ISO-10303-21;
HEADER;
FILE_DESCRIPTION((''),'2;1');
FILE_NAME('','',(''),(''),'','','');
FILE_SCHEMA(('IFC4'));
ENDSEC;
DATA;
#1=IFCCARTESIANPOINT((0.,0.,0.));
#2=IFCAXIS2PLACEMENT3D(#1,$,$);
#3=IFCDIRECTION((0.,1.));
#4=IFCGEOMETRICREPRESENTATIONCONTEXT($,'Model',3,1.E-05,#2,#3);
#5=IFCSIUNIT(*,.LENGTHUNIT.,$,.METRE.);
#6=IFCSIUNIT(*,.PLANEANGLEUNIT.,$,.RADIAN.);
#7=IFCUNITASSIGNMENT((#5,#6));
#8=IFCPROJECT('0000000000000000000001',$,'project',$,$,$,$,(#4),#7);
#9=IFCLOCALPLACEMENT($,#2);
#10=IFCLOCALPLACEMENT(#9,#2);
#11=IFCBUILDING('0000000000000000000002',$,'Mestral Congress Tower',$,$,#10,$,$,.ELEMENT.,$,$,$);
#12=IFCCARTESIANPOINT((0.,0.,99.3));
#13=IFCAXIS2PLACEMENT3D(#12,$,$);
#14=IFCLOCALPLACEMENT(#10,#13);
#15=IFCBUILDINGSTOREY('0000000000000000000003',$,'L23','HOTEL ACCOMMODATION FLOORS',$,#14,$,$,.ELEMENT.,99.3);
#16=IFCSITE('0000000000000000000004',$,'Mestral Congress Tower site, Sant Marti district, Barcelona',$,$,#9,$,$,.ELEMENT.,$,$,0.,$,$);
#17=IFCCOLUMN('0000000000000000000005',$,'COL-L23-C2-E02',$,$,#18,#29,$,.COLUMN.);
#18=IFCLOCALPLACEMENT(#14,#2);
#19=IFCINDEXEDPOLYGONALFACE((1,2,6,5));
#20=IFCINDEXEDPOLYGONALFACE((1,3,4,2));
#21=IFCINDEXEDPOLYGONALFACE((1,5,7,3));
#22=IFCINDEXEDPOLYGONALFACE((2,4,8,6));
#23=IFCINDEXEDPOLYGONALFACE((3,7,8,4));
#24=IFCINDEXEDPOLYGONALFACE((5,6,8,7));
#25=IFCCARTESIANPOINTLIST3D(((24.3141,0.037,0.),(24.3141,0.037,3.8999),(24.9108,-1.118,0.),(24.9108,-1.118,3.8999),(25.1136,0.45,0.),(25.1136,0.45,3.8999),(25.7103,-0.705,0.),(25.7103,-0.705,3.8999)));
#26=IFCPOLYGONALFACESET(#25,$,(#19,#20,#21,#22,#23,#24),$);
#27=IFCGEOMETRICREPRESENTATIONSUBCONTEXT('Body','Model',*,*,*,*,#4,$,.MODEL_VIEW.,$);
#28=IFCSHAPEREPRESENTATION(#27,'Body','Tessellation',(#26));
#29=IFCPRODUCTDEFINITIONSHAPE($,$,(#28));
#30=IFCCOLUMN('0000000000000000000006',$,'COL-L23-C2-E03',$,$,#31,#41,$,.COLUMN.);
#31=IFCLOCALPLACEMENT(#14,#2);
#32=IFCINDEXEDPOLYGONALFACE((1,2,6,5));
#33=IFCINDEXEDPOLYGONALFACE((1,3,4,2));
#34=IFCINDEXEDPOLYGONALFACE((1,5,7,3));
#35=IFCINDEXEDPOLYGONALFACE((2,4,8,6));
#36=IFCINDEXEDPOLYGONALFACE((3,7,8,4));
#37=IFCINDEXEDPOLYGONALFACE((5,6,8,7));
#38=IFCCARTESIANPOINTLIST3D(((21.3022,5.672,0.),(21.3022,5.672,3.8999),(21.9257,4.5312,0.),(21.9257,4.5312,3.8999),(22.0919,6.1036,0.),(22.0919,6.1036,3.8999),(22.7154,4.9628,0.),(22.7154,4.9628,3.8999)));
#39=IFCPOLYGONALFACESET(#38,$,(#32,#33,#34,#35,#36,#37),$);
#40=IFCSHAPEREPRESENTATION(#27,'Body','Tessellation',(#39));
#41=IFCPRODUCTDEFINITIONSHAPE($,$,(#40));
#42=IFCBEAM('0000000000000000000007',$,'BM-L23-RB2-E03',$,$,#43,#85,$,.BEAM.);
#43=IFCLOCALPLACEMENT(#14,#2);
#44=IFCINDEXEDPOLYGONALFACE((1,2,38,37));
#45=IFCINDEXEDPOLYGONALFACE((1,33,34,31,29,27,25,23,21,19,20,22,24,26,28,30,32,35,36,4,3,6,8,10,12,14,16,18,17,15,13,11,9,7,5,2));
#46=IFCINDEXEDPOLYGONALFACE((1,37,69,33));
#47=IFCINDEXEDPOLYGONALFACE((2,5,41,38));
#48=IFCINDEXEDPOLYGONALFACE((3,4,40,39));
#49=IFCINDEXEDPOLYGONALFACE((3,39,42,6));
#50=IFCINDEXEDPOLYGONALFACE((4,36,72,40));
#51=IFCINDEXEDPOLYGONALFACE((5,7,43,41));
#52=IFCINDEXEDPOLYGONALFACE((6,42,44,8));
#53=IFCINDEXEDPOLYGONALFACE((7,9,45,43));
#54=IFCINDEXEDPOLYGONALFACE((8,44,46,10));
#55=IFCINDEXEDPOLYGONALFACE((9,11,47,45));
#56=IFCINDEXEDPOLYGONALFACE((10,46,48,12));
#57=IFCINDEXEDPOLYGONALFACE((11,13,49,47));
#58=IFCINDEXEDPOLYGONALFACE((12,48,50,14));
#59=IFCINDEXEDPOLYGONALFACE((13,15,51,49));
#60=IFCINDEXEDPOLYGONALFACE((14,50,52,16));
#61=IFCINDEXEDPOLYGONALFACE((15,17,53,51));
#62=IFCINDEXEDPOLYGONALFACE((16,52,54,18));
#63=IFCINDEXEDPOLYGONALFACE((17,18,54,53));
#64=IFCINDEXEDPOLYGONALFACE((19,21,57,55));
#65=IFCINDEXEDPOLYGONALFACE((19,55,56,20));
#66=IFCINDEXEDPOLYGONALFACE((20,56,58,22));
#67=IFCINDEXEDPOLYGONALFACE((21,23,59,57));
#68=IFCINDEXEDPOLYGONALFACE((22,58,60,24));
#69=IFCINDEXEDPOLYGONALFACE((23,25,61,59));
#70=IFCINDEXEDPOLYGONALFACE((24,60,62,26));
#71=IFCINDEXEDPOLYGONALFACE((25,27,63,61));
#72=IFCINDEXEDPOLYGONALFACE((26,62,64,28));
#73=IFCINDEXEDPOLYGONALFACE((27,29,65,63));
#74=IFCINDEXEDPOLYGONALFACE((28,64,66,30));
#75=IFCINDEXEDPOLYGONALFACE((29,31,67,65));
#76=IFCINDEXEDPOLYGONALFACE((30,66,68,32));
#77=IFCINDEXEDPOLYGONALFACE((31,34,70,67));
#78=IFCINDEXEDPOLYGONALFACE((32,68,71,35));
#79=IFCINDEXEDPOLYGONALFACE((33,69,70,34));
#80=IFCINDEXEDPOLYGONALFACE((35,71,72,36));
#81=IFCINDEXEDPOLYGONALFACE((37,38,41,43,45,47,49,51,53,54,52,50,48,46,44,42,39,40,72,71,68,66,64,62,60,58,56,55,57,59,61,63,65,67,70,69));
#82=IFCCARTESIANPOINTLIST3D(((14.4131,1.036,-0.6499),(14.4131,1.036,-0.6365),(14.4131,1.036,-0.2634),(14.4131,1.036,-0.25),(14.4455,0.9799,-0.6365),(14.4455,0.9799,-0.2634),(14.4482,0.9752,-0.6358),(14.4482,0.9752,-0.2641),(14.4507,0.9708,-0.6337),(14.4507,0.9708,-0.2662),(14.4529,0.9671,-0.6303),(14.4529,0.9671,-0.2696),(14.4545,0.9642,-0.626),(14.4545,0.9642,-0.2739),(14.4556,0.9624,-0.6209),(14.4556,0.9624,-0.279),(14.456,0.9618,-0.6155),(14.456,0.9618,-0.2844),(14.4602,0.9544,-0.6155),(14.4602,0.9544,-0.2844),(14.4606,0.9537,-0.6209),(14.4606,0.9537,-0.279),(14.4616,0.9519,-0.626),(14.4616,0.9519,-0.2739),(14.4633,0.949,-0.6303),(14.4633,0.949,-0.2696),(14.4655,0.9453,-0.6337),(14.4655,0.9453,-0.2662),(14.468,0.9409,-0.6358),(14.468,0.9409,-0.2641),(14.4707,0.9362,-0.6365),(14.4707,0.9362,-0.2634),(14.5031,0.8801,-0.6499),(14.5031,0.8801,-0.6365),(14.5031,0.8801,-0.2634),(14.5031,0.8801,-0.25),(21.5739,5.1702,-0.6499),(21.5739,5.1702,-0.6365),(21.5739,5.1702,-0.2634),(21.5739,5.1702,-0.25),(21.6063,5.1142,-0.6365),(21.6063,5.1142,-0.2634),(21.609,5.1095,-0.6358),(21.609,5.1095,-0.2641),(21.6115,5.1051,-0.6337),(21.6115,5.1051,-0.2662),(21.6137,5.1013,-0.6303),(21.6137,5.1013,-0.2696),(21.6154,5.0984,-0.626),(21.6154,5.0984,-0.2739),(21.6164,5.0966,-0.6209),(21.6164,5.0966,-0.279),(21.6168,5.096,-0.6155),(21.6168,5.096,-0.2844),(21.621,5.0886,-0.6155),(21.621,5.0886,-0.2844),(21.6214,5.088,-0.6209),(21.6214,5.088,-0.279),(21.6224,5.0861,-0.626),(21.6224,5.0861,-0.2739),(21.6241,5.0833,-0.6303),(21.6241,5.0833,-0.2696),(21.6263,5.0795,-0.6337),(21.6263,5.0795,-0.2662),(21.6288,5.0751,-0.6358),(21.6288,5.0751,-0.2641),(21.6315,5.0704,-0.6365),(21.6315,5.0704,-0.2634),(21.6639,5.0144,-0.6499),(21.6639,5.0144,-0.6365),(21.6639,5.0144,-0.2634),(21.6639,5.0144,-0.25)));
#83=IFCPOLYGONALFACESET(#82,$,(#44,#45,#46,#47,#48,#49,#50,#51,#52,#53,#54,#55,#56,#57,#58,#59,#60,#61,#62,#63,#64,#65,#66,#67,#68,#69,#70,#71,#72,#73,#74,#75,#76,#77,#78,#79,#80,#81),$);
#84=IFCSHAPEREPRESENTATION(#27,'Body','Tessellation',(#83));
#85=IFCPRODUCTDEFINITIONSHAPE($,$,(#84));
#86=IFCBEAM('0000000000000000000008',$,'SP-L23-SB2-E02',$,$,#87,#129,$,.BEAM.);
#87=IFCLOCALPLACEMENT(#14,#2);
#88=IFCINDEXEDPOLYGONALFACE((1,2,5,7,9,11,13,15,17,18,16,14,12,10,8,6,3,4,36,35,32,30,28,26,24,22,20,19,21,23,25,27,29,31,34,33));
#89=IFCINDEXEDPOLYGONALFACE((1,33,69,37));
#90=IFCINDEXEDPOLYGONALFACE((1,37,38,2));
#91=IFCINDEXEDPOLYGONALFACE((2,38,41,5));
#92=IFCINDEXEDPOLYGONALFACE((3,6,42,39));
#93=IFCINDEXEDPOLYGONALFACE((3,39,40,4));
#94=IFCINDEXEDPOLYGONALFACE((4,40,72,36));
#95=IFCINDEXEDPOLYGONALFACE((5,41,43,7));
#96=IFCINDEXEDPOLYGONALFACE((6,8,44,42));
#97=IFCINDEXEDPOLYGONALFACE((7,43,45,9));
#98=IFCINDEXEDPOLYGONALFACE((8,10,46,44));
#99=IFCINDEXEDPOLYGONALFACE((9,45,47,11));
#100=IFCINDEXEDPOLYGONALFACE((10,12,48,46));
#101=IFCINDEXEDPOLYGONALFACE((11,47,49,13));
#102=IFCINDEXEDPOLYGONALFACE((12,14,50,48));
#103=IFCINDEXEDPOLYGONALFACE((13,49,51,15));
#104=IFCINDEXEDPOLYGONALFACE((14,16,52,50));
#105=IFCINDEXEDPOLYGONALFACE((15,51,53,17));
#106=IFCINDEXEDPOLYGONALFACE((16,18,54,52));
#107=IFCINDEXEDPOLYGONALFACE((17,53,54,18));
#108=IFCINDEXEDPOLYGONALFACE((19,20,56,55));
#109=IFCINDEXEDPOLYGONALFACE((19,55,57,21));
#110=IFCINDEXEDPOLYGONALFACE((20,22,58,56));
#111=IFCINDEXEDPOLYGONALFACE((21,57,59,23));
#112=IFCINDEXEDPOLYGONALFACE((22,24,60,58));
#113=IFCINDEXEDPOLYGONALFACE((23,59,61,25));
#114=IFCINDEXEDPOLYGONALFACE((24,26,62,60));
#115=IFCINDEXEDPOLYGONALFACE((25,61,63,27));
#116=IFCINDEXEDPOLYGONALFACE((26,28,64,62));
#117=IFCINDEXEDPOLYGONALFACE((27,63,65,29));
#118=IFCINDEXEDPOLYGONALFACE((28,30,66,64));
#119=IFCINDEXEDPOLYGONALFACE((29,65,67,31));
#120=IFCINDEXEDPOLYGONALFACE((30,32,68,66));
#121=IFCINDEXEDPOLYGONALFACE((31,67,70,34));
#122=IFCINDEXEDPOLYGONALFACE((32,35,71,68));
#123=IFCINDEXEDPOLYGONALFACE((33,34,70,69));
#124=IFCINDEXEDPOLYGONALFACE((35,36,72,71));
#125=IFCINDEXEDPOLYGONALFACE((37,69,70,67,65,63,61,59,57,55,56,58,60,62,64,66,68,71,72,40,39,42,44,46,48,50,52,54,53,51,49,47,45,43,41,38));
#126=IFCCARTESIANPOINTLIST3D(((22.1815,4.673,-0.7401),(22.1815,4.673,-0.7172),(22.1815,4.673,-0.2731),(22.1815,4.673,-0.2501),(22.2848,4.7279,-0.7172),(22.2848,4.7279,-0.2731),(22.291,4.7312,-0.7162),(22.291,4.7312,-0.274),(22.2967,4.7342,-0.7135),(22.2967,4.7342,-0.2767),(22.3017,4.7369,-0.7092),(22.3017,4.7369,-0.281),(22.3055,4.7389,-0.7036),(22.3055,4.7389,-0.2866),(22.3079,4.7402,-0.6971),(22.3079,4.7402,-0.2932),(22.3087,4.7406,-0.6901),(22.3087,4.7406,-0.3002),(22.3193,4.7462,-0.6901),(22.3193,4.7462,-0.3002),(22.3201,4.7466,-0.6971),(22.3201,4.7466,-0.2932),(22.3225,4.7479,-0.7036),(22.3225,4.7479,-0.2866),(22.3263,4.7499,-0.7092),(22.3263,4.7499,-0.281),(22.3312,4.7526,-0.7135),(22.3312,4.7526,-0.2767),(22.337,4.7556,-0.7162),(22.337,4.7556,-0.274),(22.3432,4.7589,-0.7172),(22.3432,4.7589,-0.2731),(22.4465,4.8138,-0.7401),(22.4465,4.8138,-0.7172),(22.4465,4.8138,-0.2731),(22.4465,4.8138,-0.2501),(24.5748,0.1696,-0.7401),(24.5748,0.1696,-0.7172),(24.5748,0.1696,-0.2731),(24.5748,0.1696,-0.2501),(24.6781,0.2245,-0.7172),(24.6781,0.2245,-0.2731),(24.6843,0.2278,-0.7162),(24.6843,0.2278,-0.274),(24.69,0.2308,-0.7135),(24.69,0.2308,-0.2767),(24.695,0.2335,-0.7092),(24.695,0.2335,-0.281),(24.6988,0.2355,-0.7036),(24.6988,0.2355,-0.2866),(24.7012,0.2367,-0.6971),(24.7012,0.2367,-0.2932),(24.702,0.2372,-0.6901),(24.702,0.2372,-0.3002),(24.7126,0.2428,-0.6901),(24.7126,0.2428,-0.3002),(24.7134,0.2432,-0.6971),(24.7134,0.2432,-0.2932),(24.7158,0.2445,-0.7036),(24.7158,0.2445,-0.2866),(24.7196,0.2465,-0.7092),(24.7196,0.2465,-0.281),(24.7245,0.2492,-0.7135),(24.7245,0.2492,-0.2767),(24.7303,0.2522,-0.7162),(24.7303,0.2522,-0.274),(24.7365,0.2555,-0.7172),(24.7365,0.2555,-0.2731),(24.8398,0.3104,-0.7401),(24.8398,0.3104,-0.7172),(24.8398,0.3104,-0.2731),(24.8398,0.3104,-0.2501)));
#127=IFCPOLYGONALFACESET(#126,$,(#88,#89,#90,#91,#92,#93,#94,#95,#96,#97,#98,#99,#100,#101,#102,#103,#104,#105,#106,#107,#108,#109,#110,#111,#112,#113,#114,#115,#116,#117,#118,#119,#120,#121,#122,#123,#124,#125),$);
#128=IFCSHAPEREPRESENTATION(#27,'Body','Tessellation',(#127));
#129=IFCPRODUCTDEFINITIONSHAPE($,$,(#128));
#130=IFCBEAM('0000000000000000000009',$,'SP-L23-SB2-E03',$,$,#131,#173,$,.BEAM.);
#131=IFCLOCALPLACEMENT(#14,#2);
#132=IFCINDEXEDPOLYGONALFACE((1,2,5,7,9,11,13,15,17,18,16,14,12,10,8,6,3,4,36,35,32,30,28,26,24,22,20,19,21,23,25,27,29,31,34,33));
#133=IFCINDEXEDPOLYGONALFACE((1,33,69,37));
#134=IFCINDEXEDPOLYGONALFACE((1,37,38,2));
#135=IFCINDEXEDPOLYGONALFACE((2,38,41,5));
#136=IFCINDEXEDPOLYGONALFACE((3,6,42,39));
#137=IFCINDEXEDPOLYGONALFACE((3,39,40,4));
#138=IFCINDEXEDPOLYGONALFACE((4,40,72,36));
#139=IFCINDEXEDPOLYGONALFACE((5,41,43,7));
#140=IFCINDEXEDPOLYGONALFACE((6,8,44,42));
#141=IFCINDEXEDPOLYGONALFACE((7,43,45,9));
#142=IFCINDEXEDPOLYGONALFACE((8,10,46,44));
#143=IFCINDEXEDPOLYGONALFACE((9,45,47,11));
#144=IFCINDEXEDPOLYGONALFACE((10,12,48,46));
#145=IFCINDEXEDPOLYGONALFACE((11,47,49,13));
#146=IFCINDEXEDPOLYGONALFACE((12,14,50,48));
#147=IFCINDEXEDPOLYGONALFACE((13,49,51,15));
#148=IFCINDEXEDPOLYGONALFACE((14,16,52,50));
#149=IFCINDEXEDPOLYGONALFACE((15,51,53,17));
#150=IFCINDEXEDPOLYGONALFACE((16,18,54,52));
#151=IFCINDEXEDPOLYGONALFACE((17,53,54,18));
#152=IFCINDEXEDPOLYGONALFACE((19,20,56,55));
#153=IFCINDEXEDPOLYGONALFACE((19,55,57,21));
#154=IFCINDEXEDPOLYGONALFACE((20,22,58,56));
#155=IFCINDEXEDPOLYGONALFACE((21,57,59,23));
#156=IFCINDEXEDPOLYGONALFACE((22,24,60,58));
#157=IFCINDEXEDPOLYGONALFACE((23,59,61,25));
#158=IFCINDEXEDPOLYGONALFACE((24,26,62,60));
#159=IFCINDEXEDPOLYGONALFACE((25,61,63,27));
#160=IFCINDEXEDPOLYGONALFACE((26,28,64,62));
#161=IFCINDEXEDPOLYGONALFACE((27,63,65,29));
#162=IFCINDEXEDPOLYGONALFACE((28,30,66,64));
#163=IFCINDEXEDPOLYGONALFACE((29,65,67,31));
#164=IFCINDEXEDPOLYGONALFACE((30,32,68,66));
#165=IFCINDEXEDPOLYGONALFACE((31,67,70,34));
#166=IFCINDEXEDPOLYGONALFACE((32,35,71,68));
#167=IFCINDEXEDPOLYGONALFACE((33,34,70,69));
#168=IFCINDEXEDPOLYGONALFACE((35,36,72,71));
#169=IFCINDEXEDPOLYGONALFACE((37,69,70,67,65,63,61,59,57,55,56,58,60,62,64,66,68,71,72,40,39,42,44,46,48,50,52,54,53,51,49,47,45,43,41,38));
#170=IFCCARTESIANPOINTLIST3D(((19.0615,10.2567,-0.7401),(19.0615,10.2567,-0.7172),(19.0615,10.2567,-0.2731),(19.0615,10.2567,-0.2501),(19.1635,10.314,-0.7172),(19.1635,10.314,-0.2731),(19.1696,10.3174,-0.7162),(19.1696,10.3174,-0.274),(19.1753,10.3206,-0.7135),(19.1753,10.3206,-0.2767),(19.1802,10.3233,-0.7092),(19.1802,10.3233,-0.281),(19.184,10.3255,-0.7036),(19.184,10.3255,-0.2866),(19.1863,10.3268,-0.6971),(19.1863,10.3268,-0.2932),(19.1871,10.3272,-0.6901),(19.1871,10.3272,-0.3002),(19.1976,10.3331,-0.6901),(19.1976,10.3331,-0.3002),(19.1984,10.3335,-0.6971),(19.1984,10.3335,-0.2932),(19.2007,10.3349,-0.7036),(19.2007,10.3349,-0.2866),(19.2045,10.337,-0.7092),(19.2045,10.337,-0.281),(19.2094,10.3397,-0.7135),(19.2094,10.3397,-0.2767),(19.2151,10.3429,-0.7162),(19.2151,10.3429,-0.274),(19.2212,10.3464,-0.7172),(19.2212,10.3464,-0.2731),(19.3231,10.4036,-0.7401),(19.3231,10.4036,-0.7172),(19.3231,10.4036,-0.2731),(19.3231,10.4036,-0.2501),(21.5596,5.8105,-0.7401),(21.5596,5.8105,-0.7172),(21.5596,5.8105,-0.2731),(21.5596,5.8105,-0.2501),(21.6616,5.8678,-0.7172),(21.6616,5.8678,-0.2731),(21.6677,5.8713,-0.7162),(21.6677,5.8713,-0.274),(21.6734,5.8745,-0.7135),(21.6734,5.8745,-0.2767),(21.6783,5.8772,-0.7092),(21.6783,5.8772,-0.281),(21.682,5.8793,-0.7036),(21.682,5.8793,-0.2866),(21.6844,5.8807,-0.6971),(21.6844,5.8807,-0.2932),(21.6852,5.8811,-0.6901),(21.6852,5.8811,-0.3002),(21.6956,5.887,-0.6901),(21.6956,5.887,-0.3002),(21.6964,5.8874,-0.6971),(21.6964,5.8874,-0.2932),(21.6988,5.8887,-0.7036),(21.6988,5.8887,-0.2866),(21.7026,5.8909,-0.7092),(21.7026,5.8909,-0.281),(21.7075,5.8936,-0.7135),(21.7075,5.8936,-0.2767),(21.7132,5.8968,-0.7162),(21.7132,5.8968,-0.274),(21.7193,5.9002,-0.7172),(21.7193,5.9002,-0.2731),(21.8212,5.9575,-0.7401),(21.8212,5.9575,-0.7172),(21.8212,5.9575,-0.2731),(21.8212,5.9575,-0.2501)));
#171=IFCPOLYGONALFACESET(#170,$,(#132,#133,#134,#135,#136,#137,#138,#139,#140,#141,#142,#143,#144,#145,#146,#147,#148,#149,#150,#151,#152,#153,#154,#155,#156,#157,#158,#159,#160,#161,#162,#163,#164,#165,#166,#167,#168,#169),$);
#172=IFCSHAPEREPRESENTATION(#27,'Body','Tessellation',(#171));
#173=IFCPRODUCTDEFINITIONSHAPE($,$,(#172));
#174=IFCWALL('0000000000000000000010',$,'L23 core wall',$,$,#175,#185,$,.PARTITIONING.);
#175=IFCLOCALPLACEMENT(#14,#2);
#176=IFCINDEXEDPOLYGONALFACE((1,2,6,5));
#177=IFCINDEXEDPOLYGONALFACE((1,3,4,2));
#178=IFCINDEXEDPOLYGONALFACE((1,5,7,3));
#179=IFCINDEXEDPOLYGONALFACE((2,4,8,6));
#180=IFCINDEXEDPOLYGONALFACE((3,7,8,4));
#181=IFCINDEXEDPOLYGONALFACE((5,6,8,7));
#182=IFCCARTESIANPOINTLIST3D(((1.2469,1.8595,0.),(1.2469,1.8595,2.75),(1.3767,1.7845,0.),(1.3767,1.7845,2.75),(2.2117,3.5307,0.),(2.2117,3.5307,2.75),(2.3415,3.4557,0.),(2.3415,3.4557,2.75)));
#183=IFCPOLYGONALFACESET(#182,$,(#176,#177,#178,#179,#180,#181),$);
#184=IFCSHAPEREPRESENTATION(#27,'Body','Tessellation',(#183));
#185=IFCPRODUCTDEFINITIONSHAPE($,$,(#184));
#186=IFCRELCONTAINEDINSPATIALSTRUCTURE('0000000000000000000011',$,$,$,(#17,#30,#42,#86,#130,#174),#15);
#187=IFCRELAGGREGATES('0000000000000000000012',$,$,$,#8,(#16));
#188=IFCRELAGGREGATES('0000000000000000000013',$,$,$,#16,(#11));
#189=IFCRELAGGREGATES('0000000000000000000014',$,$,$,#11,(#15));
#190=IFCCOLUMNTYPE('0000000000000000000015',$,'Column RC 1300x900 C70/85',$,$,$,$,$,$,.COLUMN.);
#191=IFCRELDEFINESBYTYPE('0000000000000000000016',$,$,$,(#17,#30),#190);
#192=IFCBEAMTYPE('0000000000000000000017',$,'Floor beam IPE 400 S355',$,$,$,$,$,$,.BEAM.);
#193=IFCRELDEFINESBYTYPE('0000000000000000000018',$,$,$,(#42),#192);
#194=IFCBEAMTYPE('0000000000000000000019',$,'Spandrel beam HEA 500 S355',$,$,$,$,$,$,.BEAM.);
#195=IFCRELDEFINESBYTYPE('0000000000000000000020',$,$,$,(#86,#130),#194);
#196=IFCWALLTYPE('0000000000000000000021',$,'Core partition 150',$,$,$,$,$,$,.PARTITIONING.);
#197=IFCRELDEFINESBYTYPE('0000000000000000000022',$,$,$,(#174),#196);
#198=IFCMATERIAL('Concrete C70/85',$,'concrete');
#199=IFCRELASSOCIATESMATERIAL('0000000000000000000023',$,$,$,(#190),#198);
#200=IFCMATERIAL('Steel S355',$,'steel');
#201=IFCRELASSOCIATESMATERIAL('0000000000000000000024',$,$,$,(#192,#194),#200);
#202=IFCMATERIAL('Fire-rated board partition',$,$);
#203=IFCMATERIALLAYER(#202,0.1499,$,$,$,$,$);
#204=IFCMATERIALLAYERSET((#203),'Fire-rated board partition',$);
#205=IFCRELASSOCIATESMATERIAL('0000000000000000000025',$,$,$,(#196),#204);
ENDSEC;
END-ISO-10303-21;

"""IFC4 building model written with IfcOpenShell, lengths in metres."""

from ifc_helpers import new_model, si_unit, direction, frame, frame_2d, origin, origin_2d, place, context, subcontext, project, spatial, rectangle, i_section, extrude, material, layer, layer_set, material_profile, profile_set, type_object, element, save


model = new_model("IFC4")

# Units and contexts
model_context = context("Model", 3, precision=1e-05, world=origin(), true_north=direction((0.0, 1.0)))
body_context = subcontext(model_context, "Body", "Model", "MODEL_VIEW")
ifc_project = project(units=[si_unit("LENGTHUNIT", "METRE"), si_unit("PLANEANGLEUNIT", "RADIAN")], contexts=[model_context])

# Site, building, storey
site_placement = place(None, origin())
site = spatial("IfcSite", under=ifc_project, at=site_placement, Name="Mestral Congress Tower site, Sant Marti district, Barcelona", CompositionType="ELEMENT", RefElevation=0.0)
building_placement = place(site_placement, origin())
building = spatial("IfcBuilding", under=site, at=building_placement, Name="Mestral Congress Tower", CompositionType="ELEMENT")
storey_placement = place(building_placement, frame((0.0, 0.0, 99.3)))
storey = spatial("IfcBuildingStorey", under=building, at=storey_placement, Name="L23", Description="HOTEL ACCOMMODATION FLOORS", CompositionType="ELEMENT", Elevation=99.3)

# Columns
ifc_material_1 = material(Name="Concrete C70/85", Category="concrete")
ifc_material_profile_1 = material_profile(ifc_material_1, rectangle(XDim=1.3, YDim=0.8999, at=origin_2d()), Name="RC 1300x900")
ifc_profile_set_1 = profile_set([ifc_material_profile_1], Name="Concrete C70/85")
column_type = type_object("IfcColumnType", Name="Column RC 1300x900 C70/85", PredefinedType="COLUMN", material=ifc_profile_set_1)
for number, where, z_axis, x_axis, name in (
    (1, (25.0122, -0.334, 0.0), (0.0, 0.0, 1.0), (-0.458961, 0.888456, 0.0), "COL-L23-C2-E02"),
    (2, (22.0088, 5.3174, 0.0), (0.0, 0.0, 1.0), (-0.479613, 0.87748, 0.0), "COL-L23-C2-E03"),
):
    element("IfcColumn", number, at=place(storey_placement, frame(where, z_axis=z_axis, x_axis=x_axis)), inside=storey, type_object=column_type, Name=name, PredefinedType="COLUMN", context=body_context, shape_type="SweptSolid", body=[
        extrude(rectangle(XDim=1.3, YDim=0.8999, at=origin_2d()), origin(), (0.0, 0.0, 1.0), 3.8999),
    ])

# Beams
ifc_material_2 = material(Name="Steel S355", Category="steel")
ifc_material_profile_2 = material_profile(ifc_material_2, i_section(OverallWidth=0.1799, OverallDepth=0.3999, WebThickness=0.0085, FlangeThickness=0.0134, FilletRadius=0.021, at=origin_2d()), Name="IPE 400")
ifc_profile_set_2 = profile_set([ifc_material_profile_2], Name="Steel S355")
beam_type_1 = type_object("IfcBeamType", Name="Floor beam IPE 400 S355", PredefinedType="BEAM", material=ifc_profile_set_2)
beam_placement = place(storey_placement, frame((21.6189, 5.0923, -0.45), z_axis=(-0.866029, -0.499994, 0.0), x_axis=(0.499994, -0.866029, 0.0)))
element("IfcBeam", 3, at=beam_placement, inside=storey, type_object=beam_type_1, Name="BM-L23-RB2-E03", PredefinedType="BEAM", context=body_context, shape_type="SweptSolid", body=[
    extrude(i_section(OverallWidth=0.1799, OverallDepth=0.3999, WebThickness=0.0085, FlangeThickness=0.0134, FilletRadius=0.021, at=origin_2d()), origin(), (0.0, 0.0, 1.0), 8.2686),
])
ifc_material_profile_3 = material_profile(ifc_material_2, i_section(OverallWidth=0.3, OverallDepth=0.49, WebThickness=0.012, FlangeThickness=0.0229, FilletRadius=0.0271, at=origin_2d()), Name="HEA 500")
ifc_profile_set_3 = profile_set([ifc_material_profile_3], Name="Steel S355")
beam_type_2 = type_object("IfcBeamType", Name="Spandrel beam HEA 500 S355", PredefinedType="BEAM", material=ifc_profile_set_3)
for number, where, z_axis, x_axis, name in (
    (4, (24.7073, 0.24, -0.4951), (-0.469288, 0.883045, 0.0), (-0.883045, -0.469288, 0.0), "SP-L23-SB2-E02"),
    (5, (21.6904, 5.884, -0.4951), (-0.489836, 0.871815, 0.0), (-0.871815, -0.489836, 0.0), "SP-L23-SB2-E03"),
):
    element("IfcBeam", number, at=place(storey_placement, frame(where, z_axis=z_axis, x_axis=x_axis)), inside=storey, type_object=beam_type_2, Name=name, PredefinedType="BEAM", context=body_context, shape_type="SweptSolid", body=[
        extrude(i_section(OverallWidth=0.3, OverallDepth=0.49, WebThickness=0.012, FlangeThickness=0.0229, FilletRadius=0.0271, at=origin_2d()), origin(), (0.0, 0.0, 1.0), 5.0999),
    ])

# Wall
ifc_material_3 = material(Name="Fire-rated board partition")
ifc_layer_1 = layer(ifc_material_3, 0.1499)
ifc_layer_set_1 = layer_set([ifc_layer_1], Name="Fire-rated board partition")
wall_type_1 = type_object("IfcWallType", Name="Core partition 150", PredefinedType="PARTITIONING", material=ifc_layer_set_1)
wall_1_placement = place(storey_placement, frame((1.3118, 1.822, 0.0), z_axis=(0.0, 0.0, 1.0), x_axis=(0.500004, 0.866023, 0.0)))
element("IfcWall", 6, at=wall_1_placement, inside=storey, type_object=wall_type_1, Name="L23 core wall", PredefinedType="PARTITIONING", context=body_context, shape_type="SweptSolid", body=[
    extrude(rectangle(XDim=1.9297, YDim=0.1499, at=frame_2d((0.9648, 0.0))), origin(), (0.0, 0.0, 1.0), 2.75),
])

save(model, "model.ifc")
